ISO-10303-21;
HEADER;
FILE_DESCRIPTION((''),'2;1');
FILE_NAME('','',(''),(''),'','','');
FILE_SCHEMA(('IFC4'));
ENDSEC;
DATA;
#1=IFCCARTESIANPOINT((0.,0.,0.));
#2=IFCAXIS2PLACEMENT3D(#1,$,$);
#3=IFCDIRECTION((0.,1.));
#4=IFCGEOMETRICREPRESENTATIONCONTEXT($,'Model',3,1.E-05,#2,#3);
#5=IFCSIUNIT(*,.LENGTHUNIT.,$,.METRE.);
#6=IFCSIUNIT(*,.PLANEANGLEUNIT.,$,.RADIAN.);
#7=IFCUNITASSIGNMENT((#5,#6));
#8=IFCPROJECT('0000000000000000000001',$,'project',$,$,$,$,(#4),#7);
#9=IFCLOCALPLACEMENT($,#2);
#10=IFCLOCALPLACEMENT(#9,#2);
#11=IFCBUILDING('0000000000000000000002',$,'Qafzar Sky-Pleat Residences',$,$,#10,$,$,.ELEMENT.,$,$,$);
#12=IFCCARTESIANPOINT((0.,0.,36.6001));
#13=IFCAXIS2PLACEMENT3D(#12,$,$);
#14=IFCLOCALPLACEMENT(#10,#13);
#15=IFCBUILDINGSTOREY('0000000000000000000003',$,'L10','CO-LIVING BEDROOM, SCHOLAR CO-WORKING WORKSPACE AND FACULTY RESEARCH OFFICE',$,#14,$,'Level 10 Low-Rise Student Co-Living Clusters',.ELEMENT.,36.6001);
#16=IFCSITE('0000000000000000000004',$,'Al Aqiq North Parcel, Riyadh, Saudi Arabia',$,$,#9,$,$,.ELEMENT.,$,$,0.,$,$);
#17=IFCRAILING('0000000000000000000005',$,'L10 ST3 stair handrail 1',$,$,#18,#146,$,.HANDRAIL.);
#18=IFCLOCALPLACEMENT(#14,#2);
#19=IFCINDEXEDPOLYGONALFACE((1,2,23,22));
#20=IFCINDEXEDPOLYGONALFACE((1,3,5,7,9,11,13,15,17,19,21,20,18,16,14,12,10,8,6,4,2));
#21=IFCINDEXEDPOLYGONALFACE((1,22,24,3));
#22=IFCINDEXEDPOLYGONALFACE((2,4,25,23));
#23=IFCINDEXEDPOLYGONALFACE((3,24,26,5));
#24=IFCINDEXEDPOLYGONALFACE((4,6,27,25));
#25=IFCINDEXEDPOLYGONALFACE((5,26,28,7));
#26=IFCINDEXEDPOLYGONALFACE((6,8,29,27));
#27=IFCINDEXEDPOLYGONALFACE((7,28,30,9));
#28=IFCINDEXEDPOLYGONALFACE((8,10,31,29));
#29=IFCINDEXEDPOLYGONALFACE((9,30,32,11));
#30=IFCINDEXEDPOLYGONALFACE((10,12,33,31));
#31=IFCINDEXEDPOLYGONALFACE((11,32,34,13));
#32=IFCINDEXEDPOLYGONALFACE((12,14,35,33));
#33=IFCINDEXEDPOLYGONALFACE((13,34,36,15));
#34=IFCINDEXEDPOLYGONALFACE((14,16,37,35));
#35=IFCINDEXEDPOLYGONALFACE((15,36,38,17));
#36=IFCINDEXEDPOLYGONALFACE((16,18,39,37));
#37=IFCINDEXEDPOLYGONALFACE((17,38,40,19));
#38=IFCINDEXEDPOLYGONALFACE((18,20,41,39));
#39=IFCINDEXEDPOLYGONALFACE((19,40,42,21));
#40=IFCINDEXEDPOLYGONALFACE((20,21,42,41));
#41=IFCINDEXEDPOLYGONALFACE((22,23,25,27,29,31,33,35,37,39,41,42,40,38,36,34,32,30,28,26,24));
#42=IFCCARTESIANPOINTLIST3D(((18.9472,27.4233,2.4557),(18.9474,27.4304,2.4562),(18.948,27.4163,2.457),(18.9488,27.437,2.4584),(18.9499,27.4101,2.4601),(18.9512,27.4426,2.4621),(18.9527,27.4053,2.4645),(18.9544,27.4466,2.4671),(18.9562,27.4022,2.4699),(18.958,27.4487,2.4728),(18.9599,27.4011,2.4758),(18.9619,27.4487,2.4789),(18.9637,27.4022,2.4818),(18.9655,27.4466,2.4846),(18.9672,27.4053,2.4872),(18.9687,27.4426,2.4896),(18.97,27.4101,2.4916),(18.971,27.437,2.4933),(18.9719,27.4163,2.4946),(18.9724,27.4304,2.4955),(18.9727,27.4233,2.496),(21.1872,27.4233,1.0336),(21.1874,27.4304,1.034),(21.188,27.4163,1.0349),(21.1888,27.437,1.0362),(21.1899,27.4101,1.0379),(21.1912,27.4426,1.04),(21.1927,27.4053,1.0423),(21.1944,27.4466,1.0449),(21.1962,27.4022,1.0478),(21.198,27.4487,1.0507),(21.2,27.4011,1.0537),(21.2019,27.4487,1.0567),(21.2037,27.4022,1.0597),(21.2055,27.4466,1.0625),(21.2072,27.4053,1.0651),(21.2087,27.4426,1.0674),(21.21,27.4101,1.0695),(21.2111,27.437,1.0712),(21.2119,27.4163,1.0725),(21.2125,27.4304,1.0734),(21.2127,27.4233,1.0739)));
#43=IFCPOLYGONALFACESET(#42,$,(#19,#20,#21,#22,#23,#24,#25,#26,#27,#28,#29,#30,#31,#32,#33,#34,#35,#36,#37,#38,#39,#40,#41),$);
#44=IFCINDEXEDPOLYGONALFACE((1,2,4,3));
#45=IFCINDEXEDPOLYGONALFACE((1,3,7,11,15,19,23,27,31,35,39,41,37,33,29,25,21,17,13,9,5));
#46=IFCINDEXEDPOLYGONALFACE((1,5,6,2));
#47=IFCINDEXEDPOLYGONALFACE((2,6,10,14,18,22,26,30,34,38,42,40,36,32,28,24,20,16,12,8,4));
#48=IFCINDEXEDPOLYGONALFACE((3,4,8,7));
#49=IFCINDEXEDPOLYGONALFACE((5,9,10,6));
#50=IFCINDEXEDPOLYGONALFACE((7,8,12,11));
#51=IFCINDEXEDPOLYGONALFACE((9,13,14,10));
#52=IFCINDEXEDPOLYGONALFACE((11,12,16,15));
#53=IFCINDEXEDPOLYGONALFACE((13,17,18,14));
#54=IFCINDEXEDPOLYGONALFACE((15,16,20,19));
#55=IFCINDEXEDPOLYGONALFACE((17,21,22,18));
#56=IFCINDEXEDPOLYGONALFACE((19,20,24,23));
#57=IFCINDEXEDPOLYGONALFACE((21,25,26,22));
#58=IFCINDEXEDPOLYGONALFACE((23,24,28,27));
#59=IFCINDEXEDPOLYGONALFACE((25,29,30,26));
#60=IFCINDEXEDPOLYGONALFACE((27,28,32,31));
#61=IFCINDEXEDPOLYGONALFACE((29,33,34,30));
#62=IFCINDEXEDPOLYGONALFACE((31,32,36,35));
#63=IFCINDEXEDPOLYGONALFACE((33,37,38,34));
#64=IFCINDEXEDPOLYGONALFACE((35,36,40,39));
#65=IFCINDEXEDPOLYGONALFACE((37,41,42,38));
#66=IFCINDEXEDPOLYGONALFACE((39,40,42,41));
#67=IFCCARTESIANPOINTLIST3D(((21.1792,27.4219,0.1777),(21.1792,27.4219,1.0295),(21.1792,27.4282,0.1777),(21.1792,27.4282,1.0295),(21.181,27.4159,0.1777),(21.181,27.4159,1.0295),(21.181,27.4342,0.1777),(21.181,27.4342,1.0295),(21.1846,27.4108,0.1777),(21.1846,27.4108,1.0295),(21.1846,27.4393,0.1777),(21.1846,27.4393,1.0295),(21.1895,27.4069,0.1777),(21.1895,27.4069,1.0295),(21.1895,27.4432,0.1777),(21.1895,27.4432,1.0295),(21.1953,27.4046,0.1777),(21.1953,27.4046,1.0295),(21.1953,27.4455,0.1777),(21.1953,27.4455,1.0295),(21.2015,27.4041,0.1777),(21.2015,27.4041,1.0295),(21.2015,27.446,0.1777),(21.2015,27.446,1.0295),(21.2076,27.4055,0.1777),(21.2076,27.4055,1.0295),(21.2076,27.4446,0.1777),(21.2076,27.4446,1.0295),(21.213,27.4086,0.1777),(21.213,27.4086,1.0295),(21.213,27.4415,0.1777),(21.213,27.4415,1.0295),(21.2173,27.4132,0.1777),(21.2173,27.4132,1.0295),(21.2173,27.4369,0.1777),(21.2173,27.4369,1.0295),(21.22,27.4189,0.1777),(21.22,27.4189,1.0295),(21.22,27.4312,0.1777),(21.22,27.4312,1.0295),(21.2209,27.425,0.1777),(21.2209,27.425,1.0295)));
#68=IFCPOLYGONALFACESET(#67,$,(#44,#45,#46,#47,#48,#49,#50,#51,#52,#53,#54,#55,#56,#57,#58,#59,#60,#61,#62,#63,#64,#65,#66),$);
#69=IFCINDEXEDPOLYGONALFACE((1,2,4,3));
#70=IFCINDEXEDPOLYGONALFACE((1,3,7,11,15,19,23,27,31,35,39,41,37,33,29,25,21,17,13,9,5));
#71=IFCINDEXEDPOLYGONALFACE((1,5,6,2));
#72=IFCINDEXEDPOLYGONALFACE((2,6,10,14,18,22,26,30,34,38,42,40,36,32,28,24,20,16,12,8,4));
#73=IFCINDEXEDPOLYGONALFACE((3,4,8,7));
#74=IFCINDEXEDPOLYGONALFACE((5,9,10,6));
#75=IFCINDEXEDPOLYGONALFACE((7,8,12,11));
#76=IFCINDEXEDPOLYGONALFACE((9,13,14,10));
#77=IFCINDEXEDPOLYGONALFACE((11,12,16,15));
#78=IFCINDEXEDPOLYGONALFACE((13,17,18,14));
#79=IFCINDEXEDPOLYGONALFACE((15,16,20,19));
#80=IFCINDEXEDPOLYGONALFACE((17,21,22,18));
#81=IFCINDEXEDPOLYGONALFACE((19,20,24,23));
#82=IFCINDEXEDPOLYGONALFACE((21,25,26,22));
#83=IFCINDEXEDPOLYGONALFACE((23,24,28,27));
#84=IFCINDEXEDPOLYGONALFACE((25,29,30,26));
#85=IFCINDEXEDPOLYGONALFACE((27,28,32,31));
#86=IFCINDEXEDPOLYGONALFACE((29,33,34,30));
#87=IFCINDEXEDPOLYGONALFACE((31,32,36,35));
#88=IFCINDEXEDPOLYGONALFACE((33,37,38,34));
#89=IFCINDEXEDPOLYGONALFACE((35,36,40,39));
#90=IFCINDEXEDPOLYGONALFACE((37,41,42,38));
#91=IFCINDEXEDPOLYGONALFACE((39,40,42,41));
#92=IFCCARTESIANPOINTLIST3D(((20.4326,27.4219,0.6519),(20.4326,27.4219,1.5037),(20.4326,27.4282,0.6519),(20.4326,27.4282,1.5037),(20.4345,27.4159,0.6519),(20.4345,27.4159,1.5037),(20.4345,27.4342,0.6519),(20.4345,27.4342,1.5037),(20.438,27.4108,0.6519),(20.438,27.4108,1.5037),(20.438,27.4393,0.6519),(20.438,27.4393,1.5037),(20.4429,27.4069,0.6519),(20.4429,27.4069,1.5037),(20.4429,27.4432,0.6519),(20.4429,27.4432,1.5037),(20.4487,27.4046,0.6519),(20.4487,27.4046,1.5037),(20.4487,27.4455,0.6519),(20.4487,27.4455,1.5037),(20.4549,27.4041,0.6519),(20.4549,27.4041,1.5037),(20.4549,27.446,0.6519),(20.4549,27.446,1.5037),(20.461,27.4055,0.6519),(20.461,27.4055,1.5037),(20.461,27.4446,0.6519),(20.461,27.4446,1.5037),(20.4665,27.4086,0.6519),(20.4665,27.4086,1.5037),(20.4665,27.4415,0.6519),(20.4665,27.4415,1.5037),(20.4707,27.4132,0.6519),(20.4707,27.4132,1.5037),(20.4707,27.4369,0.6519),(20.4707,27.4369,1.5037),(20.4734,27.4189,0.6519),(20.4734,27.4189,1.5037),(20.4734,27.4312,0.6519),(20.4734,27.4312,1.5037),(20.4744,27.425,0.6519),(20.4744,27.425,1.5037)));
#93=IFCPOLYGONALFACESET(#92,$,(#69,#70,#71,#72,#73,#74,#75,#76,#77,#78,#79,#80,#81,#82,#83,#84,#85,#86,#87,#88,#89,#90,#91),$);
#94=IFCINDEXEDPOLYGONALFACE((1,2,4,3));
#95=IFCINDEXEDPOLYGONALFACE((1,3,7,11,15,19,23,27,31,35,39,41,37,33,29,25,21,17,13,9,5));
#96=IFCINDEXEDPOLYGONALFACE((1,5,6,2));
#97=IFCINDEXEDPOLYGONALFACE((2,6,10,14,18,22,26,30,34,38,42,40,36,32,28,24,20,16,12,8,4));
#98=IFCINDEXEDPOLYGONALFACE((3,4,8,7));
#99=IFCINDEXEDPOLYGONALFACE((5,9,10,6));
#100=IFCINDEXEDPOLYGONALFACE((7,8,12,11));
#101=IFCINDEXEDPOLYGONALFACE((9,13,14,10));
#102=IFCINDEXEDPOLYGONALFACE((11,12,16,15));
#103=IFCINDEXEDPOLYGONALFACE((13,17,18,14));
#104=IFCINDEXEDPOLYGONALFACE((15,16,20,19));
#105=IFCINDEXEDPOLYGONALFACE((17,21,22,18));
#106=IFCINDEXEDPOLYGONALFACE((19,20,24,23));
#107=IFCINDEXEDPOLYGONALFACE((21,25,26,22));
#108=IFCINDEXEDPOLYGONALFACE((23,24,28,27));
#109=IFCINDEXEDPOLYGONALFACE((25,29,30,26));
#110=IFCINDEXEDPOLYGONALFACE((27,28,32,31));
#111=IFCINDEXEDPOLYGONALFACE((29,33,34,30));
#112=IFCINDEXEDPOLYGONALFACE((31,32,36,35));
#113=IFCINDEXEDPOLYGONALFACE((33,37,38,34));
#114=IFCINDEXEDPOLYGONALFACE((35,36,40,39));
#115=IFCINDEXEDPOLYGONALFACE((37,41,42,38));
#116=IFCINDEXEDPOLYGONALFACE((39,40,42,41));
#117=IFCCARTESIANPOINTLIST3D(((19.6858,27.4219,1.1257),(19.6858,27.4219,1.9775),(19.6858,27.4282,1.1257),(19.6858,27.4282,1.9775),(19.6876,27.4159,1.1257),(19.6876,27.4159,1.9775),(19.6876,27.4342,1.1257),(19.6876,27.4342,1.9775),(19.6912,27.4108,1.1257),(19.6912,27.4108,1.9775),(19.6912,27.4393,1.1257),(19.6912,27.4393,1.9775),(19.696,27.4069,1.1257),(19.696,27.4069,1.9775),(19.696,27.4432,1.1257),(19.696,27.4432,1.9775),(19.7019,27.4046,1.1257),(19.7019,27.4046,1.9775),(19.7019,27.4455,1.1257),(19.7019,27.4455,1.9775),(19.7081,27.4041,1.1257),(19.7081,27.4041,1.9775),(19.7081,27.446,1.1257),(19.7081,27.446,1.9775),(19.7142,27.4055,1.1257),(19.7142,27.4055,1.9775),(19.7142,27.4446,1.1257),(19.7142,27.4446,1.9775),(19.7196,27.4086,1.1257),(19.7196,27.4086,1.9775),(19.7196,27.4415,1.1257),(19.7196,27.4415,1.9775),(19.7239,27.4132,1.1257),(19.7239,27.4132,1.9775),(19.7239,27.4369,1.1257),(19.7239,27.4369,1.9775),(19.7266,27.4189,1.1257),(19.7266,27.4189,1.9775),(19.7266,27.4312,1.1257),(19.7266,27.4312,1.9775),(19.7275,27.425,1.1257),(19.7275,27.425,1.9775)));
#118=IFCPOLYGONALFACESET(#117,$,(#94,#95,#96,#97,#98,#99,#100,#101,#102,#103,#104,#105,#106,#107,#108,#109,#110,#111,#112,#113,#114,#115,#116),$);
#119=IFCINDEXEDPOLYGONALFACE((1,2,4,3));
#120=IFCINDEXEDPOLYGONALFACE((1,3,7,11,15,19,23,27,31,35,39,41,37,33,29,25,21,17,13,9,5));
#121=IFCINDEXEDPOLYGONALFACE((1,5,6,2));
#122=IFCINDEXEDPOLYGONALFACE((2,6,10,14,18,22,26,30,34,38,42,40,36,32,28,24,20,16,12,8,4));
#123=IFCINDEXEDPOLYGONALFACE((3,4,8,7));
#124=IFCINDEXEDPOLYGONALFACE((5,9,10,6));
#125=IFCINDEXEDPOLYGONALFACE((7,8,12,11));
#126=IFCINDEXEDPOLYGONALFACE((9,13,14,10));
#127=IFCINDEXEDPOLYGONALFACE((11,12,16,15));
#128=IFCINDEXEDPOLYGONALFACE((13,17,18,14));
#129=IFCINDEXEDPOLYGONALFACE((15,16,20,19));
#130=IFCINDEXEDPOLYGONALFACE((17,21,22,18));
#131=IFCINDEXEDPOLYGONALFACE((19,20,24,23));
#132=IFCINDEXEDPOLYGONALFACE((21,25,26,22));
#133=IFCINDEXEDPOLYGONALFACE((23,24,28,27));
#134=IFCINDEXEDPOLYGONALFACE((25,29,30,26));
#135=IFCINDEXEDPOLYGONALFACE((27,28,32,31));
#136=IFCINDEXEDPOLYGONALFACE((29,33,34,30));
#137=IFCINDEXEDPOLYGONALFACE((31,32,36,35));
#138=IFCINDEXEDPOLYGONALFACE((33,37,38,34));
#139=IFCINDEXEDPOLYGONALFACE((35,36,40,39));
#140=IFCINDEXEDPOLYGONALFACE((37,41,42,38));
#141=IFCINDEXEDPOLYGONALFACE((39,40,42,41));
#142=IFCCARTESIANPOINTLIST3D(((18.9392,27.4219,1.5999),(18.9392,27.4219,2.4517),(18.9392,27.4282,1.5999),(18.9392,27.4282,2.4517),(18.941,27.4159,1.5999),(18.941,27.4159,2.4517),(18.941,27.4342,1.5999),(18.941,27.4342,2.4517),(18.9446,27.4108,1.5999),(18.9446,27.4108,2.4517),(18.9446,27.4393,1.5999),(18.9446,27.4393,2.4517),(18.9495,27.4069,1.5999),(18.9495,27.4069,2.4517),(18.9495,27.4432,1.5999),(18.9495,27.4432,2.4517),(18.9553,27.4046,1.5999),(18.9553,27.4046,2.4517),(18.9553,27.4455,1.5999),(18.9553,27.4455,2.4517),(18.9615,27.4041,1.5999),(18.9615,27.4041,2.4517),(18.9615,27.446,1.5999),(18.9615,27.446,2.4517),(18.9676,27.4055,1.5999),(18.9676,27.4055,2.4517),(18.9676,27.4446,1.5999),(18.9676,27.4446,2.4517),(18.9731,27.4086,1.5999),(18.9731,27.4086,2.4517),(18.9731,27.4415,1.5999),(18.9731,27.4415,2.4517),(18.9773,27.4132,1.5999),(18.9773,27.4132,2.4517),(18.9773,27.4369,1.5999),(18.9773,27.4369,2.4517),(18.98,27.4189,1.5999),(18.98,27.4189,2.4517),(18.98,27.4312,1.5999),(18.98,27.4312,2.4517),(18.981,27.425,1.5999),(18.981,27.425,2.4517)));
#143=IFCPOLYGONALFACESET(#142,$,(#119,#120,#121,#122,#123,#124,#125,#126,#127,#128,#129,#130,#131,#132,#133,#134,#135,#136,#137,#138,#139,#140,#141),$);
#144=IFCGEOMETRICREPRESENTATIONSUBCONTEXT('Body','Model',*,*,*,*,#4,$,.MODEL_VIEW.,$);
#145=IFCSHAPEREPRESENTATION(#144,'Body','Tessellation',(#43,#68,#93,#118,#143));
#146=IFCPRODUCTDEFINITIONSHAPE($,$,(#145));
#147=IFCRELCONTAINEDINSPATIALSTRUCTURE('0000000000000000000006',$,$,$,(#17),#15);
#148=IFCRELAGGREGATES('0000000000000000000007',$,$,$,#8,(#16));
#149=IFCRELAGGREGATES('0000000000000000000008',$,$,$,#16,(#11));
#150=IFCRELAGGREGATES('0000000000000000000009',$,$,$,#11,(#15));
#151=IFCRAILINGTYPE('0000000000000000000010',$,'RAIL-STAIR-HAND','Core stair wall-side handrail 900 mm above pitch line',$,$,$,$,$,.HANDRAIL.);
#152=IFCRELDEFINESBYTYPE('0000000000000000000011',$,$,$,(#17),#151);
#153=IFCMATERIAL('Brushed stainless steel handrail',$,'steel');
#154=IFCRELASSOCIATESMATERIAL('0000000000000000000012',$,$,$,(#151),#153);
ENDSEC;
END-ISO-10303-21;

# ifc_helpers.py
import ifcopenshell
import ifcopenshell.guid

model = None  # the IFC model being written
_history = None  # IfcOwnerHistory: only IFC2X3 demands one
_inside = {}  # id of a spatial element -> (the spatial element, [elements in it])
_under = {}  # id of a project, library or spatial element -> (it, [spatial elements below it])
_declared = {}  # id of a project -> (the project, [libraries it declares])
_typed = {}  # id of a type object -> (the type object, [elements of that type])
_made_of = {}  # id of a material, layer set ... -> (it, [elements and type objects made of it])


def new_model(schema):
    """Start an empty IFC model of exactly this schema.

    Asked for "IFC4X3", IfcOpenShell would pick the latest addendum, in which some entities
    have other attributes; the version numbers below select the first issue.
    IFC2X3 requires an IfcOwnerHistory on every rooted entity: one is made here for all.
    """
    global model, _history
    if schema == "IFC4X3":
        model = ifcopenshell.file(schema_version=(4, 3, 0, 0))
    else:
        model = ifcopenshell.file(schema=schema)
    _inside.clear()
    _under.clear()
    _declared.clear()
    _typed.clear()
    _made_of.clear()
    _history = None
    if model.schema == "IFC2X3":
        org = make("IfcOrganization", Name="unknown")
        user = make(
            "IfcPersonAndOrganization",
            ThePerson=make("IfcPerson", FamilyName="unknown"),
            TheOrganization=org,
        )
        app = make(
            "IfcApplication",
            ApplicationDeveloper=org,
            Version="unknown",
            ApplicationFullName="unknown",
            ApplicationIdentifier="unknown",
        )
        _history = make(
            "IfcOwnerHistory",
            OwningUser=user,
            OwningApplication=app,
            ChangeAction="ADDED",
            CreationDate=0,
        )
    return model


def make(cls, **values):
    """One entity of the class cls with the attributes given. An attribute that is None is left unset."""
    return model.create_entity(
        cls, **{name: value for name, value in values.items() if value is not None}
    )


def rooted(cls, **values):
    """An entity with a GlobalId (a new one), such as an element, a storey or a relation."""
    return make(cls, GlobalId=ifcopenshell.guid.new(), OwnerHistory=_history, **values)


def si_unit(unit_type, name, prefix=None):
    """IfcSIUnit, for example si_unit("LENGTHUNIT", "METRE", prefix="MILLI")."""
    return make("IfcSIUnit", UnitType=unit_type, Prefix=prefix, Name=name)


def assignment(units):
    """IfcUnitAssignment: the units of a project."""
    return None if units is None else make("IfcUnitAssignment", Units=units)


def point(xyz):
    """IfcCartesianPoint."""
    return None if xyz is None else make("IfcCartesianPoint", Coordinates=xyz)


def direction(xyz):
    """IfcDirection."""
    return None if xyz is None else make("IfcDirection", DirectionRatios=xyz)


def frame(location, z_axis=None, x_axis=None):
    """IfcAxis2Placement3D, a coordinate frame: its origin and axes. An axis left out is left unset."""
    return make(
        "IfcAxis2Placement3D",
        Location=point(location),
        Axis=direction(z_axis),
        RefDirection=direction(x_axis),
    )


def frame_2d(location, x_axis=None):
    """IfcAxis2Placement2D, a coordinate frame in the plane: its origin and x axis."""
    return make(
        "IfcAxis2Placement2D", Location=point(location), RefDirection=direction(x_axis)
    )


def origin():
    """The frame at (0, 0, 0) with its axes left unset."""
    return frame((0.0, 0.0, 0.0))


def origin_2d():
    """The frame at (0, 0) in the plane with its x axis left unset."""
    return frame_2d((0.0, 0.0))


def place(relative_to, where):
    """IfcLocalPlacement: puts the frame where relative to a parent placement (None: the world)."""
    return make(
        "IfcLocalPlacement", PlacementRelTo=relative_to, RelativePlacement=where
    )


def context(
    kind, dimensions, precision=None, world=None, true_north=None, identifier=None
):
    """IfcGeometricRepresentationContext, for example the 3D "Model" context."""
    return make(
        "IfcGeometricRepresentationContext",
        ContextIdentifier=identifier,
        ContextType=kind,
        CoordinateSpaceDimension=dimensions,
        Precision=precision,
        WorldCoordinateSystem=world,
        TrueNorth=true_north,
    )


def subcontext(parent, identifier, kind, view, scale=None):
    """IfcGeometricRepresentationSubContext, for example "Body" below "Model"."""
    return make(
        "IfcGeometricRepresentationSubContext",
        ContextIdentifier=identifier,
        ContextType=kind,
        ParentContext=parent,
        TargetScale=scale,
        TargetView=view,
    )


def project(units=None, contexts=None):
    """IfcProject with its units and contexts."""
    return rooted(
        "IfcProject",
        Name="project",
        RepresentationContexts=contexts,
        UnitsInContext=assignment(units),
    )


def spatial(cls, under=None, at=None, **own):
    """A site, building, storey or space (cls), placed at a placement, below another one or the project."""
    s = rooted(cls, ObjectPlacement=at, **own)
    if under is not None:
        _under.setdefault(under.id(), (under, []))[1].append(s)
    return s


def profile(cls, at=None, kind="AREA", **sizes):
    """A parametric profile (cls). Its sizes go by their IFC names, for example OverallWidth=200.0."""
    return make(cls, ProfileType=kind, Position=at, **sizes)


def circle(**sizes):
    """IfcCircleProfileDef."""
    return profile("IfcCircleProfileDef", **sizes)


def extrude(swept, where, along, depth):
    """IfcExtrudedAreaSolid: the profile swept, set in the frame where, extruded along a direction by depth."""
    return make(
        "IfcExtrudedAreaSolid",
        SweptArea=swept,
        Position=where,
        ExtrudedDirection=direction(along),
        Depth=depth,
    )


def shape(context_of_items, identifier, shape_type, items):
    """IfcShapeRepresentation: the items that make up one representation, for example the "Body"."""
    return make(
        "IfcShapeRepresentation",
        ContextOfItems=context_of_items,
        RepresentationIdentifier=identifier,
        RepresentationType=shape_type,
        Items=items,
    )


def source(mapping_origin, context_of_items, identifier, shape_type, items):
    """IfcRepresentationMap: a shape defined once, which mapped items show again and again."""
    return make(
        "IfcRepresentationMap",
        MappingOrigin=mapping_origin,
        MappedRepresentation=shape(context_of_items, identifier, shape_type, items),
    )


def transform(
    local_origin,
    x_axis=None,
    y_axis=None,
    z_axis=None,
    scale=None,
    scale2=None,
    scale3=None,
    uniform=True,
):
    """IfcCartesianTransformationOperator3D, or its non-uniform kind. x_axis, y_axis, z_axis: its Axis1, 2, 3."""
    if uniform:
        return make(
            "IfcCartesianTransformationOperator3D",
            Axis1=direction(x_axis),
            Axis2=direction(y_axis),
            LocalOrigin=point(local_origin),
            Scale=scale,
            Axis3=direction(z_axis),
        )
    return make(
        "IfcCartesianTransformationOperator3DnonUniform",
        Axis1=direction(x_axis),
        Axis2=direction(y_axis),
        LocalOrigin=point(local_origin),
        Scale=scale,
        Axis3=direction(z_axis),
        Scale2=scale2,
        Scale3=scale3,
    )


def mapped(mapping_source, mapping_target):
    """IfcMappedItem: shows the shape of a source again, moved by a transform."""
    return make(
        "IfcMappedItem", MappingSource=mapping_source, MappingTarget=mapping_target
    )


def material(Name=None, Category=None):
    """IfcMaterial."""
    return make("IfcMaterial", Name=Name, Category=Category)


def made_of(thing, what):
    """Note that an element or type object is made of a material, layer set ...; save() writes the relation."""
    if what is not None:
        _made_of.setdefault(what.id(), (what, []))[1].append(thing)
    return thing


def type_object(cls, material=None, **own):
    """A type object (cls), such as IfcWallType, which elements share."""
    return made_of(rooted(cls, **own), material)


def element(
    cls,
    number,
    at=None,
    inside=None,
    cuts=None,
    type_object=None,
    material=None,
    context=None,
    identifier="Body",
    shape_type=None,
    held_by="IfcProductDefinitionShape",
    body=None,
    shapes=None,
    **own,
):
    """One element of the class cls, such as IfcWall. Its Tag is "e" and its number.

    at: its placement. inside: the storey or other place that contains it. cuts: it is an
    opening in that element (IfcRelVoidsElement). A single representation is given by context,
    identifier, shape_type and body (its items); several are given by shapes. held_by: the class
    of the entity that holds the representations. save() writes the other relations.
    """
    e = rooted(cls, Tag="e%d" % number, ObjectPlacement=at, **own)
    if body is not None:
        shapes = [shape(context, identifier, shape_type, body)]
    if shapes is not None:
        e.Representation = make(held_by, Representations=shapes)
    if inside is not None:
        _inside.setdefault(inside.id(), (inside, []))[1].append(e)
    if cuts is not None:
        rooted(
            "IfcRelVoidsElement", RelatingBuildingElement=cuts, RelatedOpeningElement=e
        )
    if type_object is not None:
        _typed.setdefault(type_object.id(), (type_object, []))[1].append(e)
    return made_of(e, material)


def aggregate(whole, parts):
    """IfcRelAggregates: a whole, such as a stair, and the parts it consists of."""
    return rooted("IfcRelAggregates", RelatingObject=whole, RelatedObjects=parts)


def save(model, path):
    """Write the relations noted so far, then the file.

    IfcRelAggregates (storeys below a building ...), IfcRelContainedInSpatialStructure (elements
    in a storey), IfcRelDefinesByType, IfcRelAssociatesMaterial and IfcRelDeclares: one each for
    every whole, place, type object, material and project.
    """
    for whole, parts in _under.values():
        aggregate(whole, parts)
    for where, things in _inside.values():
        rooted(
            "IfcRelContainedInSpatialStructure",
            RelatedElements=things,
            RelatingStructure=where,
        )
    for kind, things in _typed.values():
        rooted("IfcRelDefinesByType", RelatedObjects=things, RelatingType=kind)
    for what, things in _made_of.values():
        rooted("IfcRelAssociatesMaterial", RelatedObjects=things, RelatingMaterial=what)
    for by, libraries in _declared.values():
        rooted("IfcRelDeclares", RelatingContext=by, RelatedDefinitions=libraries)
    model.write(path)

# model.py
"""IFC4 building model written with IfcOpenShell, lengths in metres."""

from ifc_helpers import new_model, si_unit, direction, frame, origin, origin_2d, place, context, subcontext, project, spatial, circle, extrude, source, transform, mapped, material, type_object, element, save


model = new_model("IFC4")

# Units and contexts
model_context = context("Model", 3, precision=1e-05, world=origin(), true_north=direction((0.0, 1.0)))
body_context = subcontext(model_context, "Body", "Model", "MODEL_VIEW")
ifc_project = project(units=[si_unit("LENGTHUNIT", "METRE"), si_unit("PLANEANGLEUNIT", "RADIAN")], contexts=[model_context])

# Site, building, storey
site_placement = place(None, origin())
site = spatial("IfcSite", under=ifc_project, at=site_placement, Name="Al Aqiq North Parcel, Riyadh, Saudi Arabia", CompositionType="ELEMENT", RefElevation=0.0)
building_placement = place(site_placement, origin())
building = spatial("IfcBuilding", under=site, at=building_placement, Name="Qafzar Sky-Pleat Residences", CompositionType="ELEMENT")
storey_placement = place(building_placement, frame((0.0, 0.0, 36.6001)))
storey = spatial("IfcBuildingStorey", under=building, at=storey_placement, Name="L10", Description="CO-LIVING BEDROOM, SCHOLAR CO-WORKING WORKSPACE AND FACULTY RESEARCH OFFICE", LongName="Level 10 Low-Rise Student Co-Living Clusters", CompositionType="ELEMENT", Elevation=36.6001)

# Railing
ifc_material_1 = material(Name="Brushed stainless steel handrail", Category="steel")
railing_type_1 = type_object("IfcRailingType", Name="RAIL-STAIR-HAND", Description="Core stair wall-side handrail 900 mm above pitch line", PredefinedType="HANDRAIL", material=ifc_material_1)
shared_shape_1 = source(origin(), body_context, "Body", "SweptSolid", [
    extrude(circle(Radius=0.0239, at=origin_2d()), frame((0.0, 0.0, 0.876), z_axis=(-0.844229, 0.0, 0.535982), x_axis=(0.0, -1.0, 0.0)), (0.0, 0.0, 1.0), 2.6533),
    extrude(circle(Radius=0.021, at=origin_2d()), origin(), (0.0, 0.0, 1.0), 0.8518),
    extrude(circle(Radius=0.021, at=origin_2d()), frame((-0.7466, 0.0, 0.4741)), (0.0, 0.0, 1.0), 0.8518),
    extrude(circle(Radius=0.021, at=origin_2d()), frame((-1.4934, 0.0, 0.948)), (0.0, 0.0, 1.0), 0.8518),
    extrude(circle(Radius=0.021, at=origin_2d()), frame((-2.24, 0.0, 1.4221)), (0.0, 0.0, 1.0), 0.8518),
])
railing_1_placement = place(storey_placement, frame((21.2, 27.425, 0.1777)))
element("IfcRailing", 1, at=railing_1_placement, inside=storey, type_object=railing_type_1, Name="L10 ST3 stair handrail 1", PredefinedType="HANDRAIL", context=body_context, shape_type="MappedRepresentation", body=[
    mapped(shared_shape_1, transform((0.0, 0.0, 0.0), x_axis=(1.0, 0.0, 0.0), y_axis=(0.0, 1.0, 0.0), z_axis=(0.0, 0.0, 1.0), scale=1.0)),
])

save(model, "model.ifc")
